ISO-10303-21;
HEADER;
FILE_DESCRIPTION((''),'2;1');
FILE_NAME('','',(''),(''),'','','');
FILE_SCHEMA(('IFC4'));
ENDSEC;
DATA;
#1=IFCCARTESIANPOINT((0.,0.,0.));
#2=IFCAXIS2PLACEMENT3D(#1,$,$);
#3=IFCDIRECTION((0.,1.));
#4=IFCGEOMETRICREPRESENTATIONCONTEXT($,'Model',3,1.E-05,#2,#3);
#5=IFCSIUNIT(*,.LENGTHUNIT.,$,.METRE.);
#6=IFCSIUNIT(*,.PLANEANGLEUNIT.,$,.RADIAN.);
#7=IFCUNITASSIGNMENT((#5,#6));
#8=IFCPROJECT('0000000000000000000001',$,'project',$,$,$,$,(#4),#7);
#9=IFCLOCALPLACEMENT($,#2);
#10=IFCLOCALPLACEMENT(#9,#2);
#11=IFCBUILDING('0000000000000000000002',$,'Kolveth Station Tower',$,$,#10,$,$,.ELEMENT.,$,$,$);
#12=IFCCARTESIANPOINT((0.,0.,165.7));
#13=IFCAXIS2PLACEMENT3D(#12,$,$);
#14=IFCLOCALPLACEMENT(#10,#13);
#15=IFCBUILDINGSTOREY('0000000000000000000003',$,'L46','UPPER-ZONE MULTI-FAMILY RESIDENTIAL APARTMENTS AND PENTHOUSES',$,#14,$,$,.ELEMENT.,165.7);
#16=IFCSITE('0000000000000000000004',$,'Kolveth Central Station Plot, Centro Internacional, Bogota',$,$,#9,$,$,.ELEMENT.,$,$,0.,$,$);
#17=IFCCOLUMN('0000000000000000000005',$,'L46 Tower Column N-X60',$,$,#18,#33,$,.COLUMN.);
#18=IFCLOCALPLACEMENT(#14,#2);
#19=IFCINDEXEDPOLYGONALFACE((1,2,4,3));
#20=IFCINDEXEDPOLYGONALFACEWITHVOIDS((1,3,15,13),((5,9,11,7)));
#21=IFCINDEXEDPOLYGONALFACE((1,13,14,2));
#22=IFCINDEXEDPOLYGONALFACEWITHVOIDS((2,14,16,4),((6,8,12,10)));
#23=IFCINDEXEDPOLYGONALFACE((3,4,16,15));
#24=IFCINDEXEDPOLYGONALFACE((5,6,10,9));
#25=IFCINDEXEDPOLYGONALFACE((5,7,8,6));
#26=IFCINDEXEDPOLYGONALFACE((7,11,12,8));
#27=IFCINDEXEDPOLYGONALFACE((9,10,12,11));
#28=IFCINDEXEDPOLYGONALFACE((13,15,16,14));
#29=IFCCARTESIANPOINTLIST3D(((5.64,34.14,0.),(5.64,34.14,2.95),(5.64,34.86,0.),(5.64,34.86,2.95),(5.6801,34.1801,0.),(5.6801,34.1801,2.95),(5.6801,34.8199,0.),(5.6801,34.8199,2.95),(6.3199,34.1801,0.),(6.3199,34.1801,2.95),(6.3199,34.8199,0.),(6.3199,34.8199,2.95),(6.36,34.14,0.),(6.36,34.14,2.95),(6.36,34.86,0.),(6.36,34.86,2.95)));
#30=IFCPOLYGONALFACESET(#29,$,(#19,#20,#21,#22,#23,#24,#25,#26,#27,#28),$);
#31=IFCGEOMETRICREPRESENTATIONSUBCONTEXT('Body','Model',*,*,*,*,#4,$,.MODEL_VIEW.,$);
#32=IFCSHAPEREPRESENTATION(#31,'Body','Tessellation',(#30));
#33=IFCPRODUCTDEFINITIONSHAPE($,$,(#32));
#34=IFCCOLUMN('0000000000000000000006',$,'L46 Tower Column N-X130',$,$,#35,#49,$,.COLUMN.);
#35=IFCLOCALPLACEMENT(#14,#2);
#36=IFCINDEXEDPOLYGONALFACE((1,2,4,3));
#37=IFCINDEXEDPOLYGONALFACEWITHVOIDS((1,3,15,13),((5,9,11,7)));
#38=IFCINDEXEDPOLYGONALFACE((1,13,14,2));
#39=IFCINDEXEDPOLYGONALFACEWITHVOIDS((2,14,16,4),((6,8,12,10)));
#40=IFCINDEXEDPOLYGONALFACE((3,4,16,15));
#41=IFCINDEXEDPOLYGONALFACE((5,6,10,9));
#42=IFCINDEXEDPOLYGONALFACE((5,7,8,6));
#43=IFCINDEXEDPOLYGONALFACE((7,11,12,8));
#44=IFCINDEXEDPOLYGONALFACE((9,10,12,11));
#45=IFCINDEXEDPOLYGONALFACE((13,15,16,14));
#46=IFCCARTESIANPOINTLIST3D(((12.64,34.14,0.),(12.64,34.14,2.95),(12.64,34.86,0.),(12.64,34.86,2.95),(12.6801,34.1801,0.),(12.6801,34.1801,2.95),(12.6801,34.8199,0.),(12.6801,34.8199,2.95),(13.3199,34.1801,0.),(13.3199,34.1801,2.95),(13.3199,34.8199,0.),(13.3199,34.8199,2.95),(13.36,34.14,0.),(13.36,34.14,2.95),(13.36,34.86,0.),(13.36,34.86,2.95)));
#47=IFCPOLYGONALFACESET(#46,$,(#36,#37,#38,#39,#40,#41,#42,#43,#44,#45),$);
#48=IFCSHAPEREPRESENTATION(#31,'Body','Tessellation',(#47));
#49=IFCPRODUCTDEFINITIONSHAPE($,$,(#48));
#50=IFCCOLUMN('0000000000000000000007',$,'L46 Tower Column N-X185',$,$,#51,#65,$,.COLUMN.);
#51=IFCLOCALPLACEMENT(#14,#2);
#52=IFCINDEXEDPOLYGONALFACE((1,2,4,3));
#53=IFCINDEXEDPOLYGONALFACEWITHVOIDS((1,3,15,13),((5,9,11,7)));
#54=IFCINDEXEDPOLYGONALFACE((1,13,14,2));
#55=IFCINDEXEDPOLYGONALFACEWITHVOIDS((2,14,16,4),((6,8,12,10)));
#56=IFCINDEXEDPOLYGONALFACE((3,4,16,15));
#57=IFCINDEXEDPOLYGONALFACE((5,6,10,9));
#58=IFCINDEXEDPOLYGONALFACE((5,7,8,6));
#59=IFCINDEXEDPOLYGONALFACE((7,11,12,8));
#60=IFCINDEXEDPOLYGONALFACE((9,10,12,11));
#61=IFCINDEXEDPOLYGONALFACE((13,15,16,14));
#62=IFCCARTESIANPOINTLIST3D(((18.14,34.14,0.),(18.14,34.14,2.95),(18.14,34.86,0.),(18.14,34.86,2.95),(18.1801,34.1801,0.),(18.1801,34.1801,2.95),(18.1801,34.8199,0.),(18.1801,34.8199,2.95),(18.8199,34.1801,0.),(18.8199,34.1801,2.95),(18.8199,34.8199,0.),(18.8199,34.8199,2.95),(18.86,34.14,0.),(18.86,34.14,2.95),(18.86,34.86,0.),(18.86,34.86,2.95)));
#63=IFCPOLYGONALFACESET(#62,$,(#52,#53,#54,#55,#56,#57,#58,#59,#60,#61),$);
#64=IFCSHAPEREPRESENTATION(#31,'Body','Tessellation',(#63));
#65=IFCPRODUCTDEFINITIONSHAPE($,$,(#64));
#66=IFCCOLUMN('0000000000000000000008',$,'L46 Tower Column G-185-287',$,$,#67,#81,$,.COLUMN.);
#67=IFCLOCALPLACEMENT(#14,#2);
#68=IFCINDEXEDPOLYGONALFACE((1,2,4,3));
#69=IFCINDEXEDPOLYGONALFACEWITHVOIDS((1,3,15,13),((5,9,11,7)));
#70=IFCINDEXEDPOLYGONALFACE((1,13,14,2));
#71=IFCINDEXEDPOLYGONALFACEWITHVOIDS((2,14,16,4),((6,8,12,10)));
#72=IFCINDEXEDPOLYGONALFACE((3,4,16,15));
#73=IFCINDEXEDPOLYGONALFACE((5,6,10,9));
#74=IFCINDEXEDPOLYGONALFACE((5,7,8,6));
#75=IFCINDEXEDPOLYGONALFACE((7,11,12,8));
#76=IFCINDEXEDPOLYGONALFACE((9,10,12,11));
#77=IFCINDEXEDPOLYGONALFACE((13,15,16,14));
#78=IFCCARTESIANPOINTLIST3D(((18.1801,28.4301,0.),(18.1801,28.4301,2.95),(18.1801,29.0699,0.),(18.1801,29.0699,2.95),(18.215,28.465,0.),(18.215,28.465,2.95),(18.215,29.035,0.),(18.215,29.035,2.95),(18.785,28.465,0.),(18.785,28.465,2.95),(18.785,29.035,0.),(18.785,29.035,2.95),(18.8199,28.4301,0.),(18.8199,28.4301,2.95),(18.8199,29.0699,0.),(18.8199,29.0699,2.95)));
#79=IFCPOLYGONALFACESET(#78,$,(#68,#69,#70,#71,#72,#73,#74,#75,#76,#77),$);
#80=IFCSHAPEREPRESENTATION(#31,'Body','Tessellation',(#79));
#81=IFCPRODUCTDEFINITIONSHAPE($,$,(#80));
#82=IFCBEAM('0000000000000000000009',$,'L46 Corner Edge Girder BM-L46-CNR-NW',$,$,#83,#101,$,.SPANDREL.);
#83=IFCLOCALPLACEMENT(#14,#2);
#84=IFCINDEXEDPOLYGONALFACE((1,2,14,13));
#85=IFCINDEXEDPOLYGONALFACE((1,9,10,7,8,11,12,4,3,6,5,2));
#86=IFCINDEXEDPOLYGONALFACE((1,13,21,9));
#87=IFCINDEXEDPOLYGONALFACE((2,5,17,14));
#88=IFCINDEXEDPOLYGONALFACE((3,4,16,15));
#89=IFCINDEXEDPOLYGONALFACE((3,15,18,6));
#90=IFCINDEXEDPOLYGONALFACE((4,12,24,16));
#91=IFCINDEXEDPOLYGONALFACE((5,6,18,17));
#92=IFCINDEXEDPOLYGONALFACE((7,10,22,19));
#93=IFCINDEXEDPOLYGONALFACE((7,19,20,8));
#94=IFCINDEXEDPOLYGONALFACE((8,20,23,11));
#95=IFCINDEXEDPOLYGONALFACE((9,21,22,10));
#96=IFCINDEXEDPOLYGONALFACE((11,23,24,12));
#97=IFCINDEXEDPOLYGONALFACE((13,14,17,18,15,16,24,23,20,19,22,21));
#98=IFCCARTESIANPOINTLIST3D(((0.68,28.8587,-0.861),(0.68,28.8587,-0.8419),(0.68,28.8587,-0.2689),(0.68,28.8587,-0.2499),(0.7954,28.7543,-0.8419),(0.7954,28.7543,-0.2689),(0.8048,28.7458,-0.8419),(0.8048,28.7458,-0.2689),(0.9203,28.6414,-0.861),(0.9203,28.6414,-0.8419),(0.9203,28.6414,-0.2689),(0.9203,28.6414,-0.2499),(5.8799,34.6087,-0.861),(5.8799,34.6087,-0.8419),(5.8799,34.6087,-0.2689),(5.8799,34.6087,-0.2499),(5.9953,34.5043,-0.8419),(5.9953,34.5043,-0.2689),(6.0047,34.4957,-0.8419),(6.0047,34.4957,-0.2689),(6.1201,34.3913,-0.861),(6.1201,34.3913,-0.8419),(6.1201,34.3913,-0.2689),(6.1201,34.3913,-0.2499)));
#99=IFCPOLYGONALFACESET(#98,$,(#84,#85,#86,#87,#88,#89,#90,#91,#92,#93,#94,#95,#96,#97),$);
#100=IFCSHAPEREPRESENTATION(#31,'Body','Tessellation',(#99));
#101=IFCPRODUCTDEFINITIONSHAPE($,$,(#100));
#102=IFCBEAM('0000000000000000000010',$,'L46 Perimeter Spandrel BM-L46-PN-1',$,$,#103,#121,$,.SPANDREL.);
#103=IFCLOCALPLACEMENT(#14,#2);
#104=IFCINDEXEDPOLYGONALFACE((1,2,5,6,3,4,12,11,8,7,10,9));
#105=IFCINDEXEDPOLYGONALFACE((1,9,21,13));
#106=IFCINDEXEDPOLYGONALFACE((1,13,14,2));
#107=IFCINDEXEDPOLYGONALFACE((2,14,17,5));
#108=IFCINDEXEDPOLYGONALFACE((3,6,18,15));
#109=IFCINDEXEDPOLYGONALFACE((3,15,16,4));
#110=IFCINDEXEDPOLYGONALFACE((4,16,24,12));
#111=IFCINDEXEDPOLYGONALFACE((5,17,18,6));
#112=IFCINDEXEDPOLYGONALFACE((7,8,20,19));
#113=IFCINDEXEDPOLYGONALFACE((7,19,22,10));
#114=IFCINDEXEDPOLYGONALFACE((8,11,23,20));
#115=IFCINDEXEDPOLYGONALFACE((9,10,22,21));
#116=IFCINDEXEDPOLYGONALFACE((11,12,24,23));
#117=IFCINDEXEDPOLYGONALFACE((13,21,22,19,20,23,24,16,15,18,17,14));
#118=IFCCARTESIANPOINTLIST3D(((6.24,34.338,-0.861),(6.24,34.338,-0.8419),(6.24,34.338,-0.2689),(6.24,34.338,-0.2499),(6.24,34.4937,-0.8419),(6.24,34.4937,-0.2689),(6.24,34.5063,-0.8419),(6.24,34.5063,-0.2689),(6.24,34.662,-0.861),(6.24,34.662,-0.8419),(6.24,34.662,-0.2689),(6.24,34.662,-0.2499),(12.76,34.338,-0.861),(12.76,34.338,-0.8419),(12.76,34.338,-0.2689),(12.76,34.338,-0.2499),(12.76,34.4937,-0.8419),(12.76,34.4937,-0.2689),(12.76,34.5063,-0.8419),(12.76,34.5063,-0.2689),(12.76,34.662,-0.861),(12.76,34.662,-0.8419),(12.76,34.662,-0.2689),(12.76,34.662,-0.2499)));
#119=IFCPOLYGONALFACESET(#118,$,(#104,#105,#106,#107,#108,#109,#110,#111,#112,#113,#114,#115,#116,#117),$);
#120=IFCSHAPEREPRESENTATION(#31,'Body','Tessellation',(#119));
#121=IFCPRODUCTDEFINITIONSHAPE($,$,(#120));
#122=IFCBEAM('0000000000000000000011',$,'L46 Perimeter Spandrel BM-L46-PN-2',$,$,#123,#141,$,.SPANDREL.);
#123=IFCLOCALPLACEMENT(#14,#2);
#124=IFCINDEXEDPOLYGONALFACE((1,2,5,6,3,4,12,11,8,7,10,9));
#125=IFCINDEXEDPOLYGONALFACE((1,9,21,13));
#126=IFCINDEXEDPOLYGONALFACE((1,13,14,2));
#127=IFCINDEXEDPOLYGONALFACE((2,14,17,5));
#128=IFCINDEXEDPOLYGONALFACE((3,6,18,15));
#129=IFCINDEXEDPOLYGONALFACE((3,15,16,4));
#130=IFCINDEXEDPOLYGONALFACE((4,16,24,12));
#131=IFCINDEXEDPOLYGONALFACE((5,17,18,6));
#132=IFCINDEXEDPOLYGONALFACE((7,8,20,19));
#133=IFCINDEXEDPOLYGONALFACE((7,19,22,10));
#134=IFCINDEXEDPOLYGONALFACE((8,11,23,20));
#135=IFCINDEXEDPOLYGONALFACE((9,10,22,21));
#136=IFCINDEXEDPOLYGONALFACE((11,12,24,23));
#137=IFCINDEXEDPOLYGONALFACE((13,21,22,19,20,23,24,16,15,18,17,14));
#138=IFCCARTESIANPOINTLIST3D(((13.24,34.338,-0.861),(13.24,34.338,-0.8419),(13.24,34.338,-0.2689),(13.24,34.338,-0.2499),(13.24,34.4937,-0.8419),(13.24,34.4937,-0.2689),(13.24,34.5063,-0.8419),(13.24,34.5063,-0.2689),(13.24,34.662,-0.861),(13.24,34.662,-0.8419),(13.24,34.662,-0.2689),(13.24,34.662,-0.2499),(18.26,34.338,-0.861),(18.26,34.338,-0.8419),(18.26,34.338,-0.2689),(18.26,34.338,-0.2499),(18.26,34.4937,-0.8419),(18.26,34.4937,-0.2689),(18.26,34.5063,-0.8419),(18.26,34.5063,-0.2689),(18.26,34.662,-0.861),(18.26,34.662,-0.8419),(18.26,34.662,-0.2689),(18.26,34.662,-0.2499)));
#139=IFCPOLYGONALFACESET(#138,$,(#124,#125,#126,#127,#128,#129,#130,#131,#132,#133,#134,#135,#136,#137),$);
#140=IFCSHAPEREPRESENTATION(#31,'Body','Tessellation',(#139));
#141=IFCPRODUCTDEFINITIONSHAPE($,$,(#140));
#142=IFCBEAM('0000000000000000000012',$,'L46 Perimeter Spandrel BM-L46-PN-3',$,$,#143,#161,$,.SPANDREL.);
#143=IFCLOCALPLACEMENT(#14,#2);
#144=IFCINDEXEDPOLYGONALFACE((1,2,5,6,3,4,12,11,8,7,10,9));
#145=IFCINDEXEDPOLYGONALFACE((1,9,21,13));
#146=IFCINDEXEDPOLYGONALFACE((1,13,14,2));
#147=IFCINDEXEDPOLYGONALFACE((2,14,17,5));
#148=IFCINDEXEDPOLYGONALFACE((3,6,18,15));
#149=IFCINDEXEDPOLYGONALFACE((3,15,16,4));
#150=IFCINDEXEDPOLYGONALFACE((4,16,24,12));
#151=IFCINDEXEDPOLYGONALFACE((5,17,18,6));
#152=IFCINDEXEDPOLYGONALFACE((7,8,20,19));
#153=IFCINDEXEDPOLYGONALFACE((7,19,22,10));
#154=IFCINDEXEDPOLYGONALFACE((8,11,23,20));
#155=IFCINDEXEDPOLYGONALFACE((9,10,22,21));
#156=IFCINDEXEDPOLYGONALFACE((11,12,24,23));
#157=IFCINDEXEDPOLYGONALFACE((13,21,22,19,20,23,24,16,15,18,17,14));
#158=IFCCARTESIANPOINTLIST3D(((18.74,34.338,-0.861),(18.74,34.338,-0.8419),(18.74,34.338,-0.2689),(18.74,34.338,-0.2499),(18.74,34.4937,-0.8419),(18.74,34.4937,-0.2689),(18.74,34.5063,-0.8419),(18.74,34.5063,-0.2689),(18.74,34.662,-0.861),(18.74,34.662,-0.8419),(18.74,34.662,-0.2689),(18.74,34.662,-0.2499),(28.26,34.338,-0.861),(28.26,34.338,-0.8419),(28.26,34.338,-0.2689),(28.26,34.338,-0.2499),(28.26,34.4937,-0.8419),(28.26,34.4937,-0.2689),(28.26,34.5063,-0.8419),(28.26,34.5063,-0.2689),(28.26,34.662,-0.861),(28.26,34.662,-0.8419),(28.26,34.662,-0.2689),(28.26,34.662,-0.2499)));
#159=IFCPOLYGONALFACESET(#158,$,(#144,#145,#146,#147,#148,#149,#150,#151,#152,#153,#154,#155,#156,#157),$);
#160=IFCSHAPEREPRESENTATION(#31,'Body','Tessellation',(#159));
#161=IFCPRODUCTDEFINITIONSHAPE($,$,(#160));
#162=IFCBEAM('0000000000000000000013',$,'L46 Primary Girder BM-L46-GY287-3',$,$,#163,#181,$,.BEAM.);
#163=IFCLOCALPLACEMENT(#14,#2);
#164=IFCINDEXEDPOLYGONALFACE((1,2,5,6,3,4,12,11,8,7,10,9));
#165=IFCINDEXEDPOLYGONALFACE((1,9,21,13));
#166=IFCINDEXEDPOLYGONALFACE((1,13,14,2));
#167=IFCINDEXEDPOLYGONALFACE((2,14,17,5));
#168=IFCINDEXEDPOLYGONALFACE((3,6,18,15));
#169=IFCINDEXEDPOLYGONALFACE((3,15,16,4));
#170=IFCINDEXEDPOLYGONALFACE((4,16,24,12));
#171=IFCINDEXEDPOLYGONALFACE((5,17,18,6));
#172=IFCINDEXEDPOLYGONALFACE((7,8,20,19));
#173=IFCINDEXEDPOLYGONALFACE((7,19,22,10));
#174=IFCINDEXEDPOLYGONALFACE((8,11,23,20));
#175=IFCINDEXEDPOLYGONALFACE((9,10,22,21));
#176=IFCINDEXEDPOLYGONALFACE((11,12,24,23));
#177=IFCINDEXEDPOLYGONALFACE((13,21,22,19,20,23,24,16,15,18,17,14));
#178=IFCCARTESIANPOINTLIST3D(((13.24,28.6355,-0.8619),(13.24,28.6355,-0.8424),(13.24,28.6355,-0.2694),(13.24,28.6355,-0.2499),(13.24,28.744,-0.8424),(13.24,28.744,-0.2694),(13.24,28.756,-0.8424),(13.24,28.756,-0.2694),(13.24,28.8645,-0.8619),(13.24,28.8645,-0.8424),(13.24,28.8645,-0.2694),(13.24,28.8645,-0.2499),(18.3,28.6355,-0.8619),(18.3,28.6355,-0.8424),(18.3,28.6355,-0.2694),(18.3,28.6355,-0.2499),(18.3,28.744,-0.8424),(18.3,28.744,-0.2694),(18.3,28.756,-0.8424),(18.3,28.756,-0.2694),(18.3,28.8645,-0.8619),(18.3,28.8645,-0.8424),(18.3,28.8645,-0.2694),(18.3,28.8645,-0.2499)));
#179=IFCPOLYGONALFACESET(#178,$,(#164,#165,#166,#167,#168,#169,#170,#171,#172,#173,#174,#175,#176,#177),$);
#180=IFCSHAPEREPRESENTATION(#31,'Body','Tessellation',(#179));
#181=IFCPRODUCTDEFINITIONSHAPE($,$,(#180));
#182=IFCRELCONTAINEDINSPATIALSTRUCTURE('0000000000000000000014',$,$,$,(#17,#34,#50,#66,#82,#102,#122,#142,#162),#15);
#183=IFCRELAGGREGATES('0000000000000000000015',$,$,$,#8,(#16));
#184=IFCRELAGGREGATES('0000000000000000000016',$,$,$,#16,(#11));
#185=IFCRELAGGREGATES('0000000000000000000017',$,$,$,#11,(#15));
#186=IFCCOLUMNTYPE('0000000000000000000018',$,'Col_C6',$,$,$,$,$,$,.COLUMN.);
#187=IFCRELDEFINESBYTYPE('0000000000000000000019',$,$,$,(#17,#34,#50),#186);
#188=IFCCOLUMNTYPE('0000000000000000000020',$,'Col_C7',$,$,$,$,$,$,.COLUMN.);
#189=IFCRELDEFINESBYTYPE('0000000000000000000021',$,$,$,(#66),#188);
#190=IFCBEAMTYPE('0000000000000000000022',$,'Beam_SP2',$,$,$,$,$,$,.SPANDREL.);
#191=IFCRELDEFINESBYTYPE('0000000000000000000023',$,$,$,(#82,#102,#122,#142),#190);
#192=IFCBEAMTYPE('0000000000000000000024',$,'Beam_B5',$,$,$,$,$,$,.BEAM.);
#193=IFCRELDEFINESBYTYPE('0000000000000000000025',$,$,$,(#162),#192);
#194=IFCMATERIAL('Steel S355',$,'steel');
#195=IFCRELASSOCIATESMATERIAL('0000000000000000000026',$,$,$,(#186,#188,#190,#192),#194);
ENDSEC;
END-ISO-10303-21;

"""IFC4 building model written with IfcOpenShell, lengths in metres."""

from ifc_helpers import new_model, si_unit, direction, frame, origin, origin_2d, place, context, subcontext, project, spatial, hollow_rectangle, i_section, extrude, source, transform, mapped, material, material_profile, profile_set, type_object, element, save


model = new_model("IFC4")

# Units and contexts
model_context = context("Model", 3, precision=1e-05, world=origin(), true_north=direction((0.0, 1.0)))
body_context = subcontext(model_context, "Body", "Model", "MODEL_VIEW")
ifc_project = project(units=[si_unit("LENGTHUNIT", "METRE"), si_unit("PLANEANGLEUNIT", "RADIAN")], contexts=[model_context])

# Site, building, storey
site_placement = place(None, origin())
site = spatial("IfcSite", under=ifc_project, at=site_placement, Name="Kolveth Central Station Plot, Centro Internacional, Bogota", CompositionType="ELEMENT", RefElevation=0.0)
building_placement = place(site_placement, origin())
building = spatial("IfcBuilding", under=site, at=building_placement, Name="Kolveth Station Tower", CompositionType="ELEMENT")
storey_placement = place(building_placement, frame((0.0, 0.0, 165.7)))
storey = spatial("IfcBuildingStorey", under=building, at=storey_placement, Name="L46", Description="UPPER-ZONE MULTI-FAMILY RESIDENTIAL APARTMENTS AND PENTHOUSES", CompositionType="ELEMENT", Elevation=165.7)

# Columns
ifc_material_1 = material(Name="Steel S355", Category="steel")
ifc_material_profile_1 = material_profile(ifc_material_1, hollow_rectangle(XDim=0.72, YDim=0.72, WallThickness=0.04, at=origin_2d()), Name="BOX720x720x40")
ifc_profile_set_1 = profile_set([ifc_material_profile_1], Name="Steel S355")
column_type_1 = type_object("IfcColumnType", Name="Col_C6", PredefinedType="COLUMN", material=ifc_profile_set_1)
shared_shape_1 = source(origin(), body_context, "Body", "SweptSolid", [
    extrude(hollow_rectangle(XDim=0.72, YDim=0.72, WallThickness=0.04, at=origin_2d()), origin(), (0.0, 0.0, 1.0), 2.95),
])
for number, where, z_axis, x_axis, name in (
    (1, (6.0, 34.5, 0.0), (0.0, 0.0, 1.0), (1.0, 0.0, 0.0), "L46 Tower Column N-X60"),
    (2, (13.0, 34.5, 0.0), (0.0, 0.0, 1.0), (1.0, 0.0, 0.0), "L46 Tower Column N-X130"),
    (3, (18.5, 34.5, 0.0), (0.0, 0.0, 1.0), (1.0, 0.0, 0.0), "L46 Tower Column N-X185"),
):
    element("IfcColumn", number, at=place(storey_placement, frame(where, z_axis=z_axis, x_axis=x_axis)), inside=storey, type_object=column_type_1, Name=name, PredefinedType="COLUMN", context=body_context, shape_type="MappedRepresentation", body=[
        mapped(shared_shape_1, transform((0.0, 0.0, 0.0), x_axis=(1.0, 0.0, 0.0), y_axis=(0.0, 1.0, 0.0), z_axis=(0.0, 0.0, 1.0), scale=1.0)),
    ])
ifc_material_profile_2 = material_profile(ifc_material_1, hollow_rectangle(XDim=0.6399, YDim=0.6399, WallThickness=0.0349, at=origin_2d()), Name="BOX640x640x35")
ifc_profile_set_2 = profile_set([ifc_material_profile_2], Name="Steel S355")
column_type_2 = type_object("IfcColumnType", Name="Col_C7", PredefinedType="COLUMN", material=ifc_profile_set_2)
shared_shape_2 = source(origin(), body_context, "Body", "SweptSolid", [
    extrude(hollow_rectangle(XDim=0.6399, YDim=0.6399, WallThickness=0.0349, at=origin_2d()), origin(), (0.0, 0.0, 1.0), 2.95),
])
column_placement = place(storey_placement, frame((18.5, 28.75, 0.0), z_axis=(0.0, 0.0, 1.0), x_axis=(1.0, 0.0, 0.0)))
element("IfcColumn", 4, at=column_placement, inside=storey, type_object=column_type_2, Name="L46 Tower Column G-185-287", PredefinedType="COLUMN", context=body_context, shape_type="MappedRepresentation", body=[
    mapped(shared_shape_2, transform((0.0, 0.0, 0.0), x_axis=(1.0, 0.0, 0.0), y_axis=(0.0, 1.0, 0.0), z_axis=(0.0, 0.0, 1.0), scale=1.0)),
])

# Beams
ifc_material_profile_3 = material_profile(ifc_material_1, i_section(OverallWidth=0.324, OverallDepth=0.6111, WebThickness=0.0127, FlangeThickness=0.019, at=origin_2d()), Name="W610x155")
ifc_profile_set_3 = profile_set([ifc_material_profile_3], Name="Steel S355")
beam_type_1 = type_object("IfcBeamType", Name="Beam_SP2", PredefinedType="SPANDREL", material=ifc_profile_set_3)
shared_shape_3 = source(origin(), body_context, "Body", "SweptSolid", [
    extrude(i_section(OverallWidth=0.324, OverallDepth=0.6111, WebThickness=0.0127, FlangeThickness=0.019, at=origin_2d()), origin(), (0.0, 0.0, 1.0), 7.7524),
])
beam_1_placement = place(storey_placement, frame((6.0, 34.5, -0.5554), z_axis=(-0.670741, -0.741692, 0.0), x_axis=(0.741692, -0.670741, 0.0)))
element("IfcBeam", 5, at=beam_1_placement, inside=storey, type_object=beam_type_1, Name="L46 Corner Edge Girder BM-L46-CNR-NW", PredefinedType="SPANDREL", context=body_context, shape_type="MappedRepresentation", body=[
    mapped(shared_shape_3, transform((0.0, 0.0, 0.0), x_axis=(1.0, 0.0, 0.0), y_axis=(0.0, 1.0, 0.0), z_axis=(0.0, 0.0, 1.0), scale=1.0)),
])
shared_shape_4 = source(origin(), body_context, "Body", "SweptSolid", [
    extrude(i_section(OverallWidth=0.324, OverallDepth=0.6111, WebThickness=0.0127, FlangeThickness=0.019, at=origin_2d()), origin(), (0.0, 0.0, 1.0), 6.52),
])
beam_2_placement = place(storey_placement, frame((6.24, 34.5, -0.5554), z_axis=(1.0, 0.0, 0.0), x_axis=(0.0, 1.0, 0.0)))
element("IfcBeam", 6, at=beam_2_placement, inside=storey, type_object=beam_type_1, Name="L46 Perimeter Spandrel BM-L46-PN-1", PredefinedType="SPANDREL", context=body_context, shape_type="MappedRepresentation", body=[
    mapped(shared_shape_4, transform((0.0, 0.0, 0.0), x_axis=(1.0, 0.0, 0.0), y_axis=(0.0, 1.0, 0.0), z_axis=(0.0, 0.0, 1.0), scale=1.0)),
])
shared_shape_5 = source(origin(), body_context, "Body", "SweptSolid", [
    extrude(i_section(OverallWidth=0.324, OverallDepth=0.6111, WebThickness=0.0127, FlangeThickness=0.019, at=origin_2d()), origin(), (0.0, 0.0, 1.0), 5.02),
])
beam_3_placement = place(storey_placement, frame((13.24, 34.5, -0.5554), z_axis=(1.0, 0.0, 0.0), x_axis=(0.0, 1.0, 0.0)))
element("IfcBeam", 7, at=beam_3_placement, inside=storey, type_object=beam_type_1, Name="L46 Perimeter Spandrel BM-L46-PN-2", PredefinedType="SPANDREL", context=body_context, shape_type="MappedRepresentation", body=[
    mapped(shared_shape_5, transform((0.0, 0.0, 0.0), x_axis=(1.0, 0.0, 0.0), y_axis=(0.0, 1.0, 0.0), z_axis=(0.0, 0.0, 1.0), scale=1.0)),
])
shared_shape_6 = source(origin(), body_context, "Body", "SweptSolid", [
    extrude(i_section(OverallWidth=0.324, OverallDepth=0.6111, WebThickness=0.0127, FlangeThickness=0.019, at=origin_2d()), origin(), (0.0, 0.0, 1.0), 9.52),
])
beam_4_placement = place(storey_placement, frame((18.74, 34.5, -0.5554), z_axis=(1.0, 0.0, 0.0), x_axis=(0.0, 1.0, 0.0)))
element("IfcBeam", 8, at=beam_4_placement, inside=storey, type_object=beam_type_1, Name="L46 Perimeter Spandrel BM-L46-PN-3", PredefinedType="SPANDREL", context=body_context, shape_type="MappedRepresentation", body=[
    mapped(shared_shape_6, transform((0.0, 0.0, 0.0), x_axis=(1.0, 0.0, 0.0), y_axis=(0.0, 1.0, 0.0), z_axis=(0.0, 0.0, 1.0), scale=1.0)),
])
ifc_material_profile_4 = material_profile(ifc_material_1, i_section(OverallWidth=0.229, OverallDepth=0.6121, WebThickness=0.012, FlangeThickness=0.0195, at=origin_2d()), Name="W610x125")
ifc_profile_set_4 = profile_set([ifc_material_profile_4], Name="Steel S355")
beam_type_2 = type_object("IfcBeamType", Name="Beam_B5", PredefinedType="BEAM", material=ifc_profile_set_4)
shared_shape_7 = source(origin(), body_context, "Body", "SweptSolid", [
    extrude(i_section(OverallWidth=0.229, OverallDepth=0.6121, WebThickness=0.012, FlangeThickness=0.0195, at=origin_2d()), origin(), (0.0, 0.0, 1.0), 5.0601),
])
beam_5_placement = place(storey_placement, frame((13.24, 28.75, -0.5559), z_axis=(1.0, 0.0, 0.0), x_axis=(0.0, 1.0, 0.0)))
element("IfcBeam", 9, at=beam_5_placement, inside=storey, type_object=beam_type_2, Name="L46 Primary Girder BM-L46-GY287-3", PredefinedType="BEAM", context=body_context, shape_type="MappedRepresentation", body=[
    mapped(shared_shape_7, transform((0.0, 0.0, 0.0), x_axis=(1.0, 0.0, 0.0), y_axis=(0.0, 1.0, 0.0), z_axis=(0.0, 0.0, 1.0), scale=1.0)),
])

save(model, "model.ifc")
